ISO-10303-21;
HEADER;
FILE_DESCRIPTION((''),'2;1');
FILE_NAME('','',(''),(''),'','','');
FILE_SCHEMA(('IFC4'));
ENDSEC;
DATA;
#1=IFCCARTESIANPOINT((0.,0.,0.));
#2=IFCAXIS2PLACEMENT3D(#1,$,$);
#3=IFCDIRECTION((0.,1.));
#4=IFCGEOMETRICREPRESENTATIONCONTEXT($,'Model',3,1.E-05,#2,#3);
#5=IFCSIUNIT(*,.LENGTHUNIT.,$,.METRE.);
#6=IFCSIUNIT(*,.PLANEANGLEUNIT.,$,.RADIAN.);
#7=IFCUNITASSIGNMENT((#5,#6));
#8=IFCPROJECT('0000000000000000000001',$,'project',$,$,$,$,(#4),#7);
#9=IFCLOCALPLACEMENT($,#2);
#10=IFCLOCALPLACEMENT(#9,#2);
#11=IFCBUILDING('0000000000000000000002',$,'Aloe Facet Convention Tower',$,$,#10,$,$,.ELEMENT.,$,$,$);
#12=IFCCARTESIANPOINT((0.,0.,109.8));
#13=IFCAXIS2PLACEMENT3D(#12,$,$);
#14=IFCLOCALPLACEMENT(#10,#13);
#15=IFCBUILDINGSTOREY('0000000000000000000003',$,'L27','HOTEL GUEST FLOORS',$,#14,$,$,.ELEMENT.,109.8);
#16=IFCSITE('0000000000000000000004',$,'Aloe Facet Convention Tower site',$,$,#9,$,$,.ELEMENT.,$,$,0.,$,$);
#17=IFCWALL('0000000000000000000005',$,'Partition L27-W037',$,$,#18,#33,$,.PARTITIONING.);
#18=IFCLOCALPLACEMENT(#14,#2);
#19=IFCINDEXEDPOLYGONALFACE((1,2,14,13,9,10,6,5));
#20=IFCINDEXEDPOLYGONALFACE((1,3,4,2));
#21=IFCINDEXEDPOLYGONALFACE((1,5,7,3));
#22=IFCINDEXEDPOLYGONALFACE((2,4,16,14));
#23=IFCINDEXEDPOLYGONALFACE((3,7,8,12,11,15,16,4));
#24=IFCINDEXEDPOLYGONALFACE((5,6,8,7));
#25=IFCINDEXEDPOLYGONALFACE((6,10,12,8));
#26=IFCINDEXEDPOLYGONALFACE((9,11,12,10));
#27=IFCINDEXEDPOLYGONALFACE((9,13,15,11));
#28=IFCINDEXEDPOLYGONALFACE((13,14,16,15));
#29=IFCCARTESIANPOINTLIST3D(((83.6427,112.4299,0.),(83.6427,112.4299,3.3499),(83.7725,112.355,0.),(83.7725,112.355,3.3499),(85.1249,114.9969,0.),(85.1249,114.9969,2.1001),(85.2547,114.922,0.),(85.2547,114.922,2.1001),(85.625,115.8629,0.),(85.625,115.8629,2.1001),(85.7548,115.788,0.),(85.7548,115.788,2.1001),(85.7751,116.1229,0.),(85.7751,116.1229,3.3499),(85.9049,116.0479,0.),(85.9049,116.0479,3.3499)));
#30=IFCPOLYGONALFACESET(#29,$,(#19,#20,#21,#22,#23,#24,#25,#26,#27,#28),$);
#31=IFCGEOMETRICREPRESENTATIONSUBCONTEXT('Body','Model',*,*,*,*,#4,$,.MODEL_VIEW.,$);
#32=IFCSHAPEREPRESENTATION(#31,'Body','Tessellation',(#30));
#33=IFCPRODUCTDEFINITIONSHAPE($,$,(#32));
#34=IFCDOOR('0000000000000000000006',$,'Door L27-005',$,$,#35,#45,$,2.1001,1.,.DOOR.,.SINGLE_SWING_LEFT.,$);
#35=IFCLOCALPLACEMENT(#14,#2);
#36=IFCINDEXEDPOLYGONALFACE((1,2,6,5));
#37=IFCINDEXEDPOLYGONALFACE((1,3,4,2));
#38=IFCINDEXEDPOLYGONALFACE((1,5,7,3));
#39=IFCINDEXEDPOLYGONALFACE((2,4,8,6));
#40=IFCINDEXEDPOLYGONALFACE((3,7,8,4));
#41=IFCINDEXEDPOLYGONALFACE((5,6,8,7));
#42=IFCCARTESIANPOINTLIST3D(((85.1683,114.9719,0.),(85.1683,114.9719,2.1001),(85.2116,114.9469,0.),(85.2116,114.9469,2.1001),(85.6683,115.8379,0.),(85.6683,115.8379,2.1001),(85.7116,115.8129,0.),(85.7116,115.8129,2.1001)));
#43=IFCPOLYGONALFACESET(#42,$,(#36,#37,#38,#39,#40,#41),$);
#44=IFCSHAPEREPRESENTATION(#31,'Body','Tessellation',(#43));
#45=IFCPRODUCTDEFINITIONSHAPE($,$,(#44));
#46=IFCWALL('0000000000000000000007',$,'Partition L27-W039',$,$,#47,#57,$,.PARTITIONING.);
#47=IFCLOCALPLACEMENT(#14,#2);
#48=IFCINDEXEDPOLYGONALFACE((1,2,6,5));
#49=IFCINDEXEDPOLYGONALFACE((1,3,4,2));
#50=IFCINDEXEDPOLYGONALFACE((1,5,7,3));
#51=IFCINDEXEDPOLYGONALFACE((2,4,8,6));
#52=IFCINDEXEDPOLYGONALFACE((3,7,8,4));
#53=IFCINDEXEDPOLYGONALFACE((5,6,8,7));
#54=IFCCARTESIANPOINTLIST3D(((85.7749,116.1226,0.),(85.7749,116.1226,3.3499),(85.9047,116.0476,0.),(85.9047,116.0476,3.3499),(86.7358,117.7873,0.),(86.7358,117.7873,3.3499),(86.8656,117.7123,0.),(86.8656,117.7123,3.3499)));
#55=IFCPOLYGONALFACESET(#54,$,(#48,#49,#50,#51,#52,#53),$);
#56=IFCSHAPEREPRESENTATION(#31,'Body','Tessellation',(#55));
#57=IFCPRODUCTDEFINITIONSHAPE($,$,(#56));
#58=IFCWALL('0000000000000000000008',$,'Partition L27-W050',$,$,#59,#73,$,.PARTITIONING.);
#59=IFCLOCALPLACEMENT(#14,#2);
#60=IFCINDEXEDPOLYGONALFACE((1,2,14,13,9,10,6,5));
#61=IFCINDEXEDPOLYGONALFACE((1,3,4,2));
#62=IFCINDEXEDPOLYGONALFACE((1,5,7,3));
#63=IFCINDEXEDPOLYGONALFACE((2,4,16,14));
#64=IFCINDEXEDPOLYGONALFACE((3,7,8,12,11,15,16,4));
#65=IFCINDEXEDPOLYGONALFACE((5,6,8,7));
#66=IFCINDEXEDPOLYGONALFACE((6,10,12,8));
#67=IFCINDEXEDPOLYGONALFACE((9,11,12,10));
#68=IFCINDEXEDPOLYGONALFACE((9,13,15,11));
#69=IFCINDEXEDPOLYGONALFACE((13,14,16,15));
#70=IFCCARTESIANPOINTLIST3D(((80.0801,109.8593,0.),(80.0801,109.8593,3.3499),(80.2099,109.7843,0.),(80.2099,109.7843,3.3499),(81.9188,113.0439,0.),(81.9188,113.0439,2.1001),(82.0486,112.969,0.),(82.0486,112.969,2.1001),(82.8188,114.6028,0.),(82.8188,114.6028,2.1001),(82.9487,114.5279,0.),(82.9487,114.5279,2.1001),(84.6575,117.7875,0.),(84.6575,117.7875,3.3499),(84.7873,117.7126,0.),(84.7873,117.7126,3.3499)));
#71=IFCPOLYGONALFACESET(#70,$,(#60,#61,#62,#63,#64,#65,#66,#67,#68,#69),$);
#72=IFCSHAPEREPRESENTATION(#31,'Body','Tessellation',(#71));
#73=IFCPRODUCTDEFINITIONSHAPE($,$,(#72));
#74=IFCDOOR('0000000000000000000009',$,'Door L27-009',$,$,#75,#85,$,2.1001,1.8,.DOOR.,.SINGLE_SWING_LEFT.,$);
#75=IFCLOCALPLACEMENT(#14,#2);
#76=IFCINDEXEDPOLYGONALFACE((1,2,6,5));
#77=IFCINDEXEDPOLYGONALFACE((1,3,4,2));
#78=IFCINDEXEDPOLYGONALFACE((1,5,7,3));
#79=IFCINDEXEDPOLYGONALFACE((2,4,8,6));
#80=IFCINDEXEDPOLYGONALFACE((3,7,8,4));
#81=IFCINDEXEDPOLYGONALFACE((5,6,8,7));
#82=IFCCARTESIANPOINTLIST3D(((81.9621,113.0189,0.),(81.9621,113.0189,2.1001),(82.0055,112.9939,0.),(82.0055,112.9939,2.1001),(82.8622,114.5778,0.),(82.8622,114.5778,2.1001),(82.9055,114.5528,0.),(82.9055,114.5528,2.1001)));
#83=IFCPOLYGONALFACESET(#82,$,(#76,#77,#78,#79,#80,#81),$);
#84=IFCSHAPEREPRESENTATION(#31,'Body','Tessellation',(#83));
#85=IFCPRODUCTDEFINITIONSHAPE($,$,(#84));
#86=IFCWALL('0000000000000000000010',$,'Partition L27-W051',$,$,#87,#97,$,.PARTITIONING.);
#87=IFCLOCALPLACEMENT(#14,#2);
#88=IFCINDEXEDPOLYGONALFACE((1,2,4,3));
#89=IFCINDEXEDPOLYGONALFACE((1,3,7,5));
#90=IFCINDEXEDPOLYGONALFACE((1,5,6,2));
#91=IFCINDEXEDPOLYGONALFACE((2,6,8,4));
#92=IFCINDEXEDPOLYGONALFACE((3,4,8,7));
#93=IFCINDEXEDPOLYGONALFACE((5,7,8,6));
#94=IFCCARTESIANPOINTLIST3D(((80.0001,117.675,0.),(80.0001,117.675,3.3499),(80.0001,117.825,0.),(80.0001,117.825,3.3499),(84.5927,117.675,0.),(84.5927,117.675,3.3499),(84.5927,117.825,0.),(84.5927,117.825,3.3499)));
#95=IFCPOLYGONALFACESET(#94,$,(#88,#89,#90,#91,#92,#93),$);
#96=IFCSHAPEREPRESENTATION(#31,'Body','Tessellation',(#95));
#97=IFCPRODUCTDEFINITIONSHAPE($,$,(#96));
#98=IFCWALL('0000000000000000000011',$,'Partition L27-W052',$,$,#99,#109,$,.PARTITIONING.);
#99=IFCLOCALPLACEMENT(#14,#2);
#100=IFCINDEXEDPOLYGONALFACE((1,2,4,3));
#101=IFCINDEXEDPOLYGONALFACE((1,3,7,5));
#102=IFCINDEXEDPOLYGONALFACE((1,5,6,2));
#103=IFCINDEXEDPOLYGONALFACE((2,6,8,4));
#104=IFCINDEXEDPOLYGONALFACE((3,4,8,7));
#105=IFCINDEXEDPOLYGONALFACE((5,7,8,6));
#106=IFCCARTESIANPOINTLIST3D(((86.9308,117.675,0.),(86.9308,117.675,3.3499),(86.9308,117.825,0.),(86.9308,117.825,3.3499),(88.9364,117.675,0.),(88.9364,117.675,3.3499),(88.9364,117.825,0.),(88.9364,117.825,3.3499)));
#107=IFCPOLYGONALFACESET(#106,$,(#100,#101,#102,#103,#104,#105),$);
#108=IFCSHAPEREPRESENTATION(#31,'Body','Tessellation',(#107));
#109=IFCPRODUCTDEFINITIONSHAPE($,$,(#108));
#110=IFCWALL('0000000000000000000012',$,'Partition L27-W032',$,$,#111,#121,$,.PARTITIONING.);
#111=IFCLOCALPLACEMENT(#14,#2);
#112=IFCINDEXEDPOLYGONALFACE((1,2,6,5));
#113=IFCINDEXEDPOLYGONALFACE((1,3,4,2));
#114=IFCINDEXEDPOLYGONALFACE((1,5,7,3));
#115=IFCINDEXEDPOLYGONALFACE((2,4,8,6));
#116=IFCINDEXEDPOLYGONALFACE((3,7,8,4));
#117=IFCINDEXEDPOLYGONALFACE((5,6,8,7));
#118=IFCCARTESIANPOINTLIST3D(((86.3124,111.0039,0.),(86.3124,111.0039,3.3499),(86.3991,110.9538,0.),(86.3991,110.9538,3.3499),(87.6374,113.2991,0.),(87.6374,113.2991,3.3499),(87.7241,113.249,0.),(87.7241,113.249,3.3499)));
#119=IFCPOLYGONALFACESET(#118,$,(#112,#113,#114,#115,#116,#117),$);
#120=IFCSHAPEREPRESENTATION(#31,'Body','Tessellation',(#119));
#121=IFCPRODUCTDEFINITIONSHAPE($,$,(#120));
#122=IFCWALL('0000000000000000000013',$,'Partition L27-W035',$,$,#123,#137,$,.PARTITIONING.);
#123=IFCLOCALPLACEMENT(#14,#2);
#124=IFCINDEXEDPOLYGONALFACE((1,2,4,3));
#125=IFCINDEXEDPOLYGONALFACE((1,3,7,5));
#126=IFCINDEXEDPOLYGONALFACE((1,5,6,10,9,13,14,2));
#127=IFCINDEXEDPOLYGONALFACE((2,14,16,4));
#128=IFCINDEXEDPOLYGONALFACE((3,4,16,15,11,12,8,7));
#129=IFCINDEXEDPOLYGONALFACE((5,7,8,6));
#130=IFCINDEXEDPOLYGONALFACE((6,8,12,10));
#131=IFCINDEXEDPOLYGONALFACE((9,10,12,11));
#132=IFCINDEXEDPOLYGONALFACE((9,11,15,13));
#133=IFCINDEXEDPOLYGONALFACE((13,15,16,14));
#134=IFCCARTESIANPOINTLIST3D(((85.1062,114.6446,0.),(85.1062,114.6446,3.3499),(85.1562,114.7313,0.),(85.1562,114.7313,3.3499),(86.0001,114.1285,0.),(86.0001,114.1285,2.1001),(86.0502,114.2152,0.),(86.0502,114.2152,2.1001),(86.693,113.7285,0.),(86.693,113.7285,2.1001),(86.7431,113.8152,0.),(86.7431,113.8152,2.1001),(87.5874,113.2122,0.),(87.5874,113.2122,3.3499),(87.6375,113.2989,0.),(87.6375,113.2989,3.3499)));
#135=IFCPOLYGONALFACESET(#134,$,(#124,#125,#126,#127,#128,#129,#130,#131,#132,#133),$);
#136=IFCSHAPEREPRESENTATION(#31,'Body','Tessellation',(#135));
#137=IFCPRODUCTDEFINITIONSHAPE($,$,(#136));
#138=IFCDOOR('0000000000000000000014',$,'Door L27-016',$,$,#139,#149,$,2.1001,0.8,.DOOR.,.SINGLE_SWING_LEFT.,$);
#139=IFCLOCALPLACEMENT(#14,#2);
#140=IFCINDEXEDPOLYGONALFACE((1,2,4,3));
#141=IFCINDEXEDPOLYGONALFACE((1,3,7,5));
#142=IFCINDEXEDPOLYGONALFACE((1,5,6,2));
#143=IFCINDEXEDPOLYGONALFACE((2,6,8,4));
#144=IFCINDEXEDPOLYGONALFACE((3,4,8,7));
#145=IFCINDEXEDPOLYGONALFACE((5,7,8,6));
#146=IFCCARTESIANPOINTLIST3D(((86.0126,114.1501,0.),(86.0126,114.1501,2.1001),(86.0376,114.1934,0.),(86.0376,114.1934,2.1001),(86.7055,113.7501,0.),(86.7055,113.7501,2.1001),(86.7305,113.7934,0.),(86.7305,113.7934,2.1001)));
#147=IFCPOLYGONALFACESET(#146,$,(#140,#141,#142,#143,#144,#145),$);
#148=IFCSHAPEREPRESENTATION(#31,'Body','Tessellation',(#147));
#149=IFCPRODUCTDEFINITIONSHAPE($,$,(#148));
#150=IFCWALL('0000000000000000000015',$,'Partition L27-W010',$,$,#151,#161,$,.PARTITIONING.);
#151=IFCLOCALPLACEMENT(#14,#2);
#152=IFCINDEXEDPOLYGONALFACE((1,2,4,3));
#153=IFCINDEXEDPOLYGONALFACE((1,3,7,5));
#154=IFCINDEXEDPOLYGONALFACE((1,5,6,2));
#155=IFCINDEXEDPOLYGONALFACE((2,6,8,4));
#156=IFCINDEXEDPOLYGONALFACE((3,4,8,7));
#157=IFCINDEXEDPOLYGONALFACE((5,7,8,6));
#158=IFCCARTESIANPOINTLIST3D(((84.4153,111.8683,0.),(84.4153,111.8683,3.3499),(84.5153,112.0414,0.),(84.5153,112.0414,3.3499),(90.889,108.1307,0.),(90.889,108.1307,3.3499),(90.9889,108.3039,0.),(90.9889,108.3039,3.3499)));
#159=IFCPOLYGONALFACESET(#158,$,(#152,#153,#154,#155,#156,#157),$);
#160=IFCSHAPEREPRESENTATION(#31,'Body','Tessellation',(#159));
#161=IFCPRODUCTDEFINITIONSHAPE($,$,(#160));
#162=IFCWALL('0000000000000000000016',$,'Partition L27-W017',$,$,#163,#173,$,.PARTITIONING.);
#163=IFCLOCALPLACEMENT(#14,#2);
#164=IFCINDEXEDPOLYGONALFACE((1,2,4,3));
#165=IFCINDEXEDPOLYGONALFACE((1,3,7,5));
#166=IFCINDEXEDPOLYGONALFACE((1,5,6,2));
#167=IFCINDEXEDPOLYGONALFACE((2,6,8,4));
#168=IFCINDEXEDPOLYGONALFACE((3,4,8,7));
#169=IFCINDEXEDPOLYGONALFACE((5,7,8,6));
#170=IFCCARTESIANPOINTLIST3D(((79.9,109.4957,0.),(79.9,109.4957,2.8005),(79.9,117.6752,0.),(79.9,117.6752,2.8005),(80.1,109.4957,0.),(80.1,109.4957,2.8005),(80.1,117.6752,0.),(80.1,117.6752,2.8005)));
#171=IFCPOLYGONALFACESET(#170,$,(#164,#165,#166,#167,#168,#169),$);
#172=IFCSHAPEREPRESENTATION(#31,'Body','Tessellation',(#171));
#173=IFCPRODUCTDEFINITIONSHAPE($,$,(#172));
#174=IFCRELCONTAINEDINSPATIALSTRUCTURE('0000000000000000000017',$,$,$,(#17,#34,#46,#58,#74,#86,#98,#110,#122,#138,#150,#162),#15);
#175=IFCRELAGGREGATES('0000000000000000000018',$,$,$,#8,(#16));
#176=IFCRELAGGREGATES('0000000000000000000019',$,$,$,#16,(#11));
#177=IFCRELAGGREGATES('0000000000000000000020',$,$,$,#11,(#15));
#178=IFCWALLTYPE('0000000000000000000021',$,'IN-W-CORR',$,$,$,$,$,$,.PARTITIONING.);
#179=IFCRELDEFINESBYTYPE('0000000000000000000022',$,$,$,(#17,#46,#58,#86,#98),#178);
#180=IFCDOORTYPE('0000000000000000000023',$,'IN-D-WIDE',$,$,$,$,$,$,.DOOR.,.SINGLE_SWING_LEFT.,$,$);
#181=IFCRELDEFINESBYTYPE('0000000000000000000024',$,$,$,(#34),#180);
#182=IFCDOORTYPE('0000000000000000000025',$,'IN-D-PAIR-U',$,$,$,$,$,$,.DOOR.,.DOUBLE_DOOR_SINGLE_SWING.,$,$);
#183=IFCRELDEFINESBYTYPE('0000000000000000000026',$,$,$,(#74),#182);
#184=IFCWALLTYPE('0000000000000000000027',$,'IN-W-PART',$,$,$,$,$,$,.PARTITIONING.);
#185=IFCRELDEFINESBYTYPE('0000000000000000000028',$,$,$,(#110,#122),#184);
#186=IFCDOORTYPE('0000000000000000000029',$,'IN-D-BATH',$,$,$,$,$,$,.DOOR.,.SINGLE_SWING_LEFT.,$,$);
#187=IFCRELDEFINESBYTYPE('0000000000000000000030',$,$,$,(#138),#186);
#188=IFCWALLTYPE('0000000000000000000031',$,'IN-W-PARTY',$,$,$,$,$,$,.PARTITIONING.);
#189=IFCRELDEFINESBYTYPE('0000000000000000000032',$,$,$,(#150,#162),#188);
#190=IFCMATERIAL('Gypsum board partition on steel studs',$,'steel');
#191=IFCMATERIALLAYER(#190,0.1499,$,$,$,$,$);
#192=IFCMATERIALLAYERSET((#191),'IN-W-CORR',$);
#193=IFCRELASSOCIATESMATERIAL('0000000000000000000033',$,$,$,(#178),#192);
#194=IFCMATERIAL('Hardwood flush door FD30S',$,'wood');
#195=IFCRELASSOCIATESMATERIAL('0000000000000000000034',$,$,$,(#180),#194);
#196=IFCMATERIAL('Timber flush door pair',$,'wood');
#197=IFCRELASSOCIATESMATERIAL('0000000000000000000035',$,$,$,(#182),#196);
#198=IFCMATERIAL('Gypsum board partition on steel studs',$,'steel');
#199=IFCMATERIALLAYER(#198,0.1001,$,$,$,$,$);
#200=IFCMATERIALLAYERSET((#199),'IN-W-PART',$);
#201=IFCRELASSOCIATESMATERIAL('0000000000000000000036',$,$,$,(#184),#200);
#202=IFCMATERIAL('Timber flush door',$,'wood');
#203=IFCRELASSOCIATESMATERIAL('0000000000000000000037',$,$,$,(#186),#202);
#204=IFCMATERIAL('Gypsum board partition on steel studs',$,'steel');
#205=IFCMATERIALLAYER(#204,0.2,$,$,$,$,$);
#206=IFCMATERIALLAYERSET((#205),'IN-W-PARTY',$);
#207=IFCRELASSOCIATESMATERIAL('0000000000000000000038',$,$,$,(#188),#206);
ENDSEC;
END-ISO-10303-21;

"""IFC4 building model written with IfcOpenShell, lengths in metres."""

from ifc_helpers import new_model, si_unit, direction, frame, frame_2d, origin, place, context, subcontext, project, spatial, rectangle, extrude, material, layer, layer_set, type_object, element, fill, save


model = new_model("IFC4")

# Units and contexts
model_context = context("Model", 3, precision=1e-05, world=origin(), true_north=direction((0.0, 1.0)))
body_context = subcontext(model_context, "Body", "Model", "MODEL_VIEW")
ifc_project = project(units=[si_unit("LENGTHUNIT", "METRE"), si_unit("PLANEANGLEUNIT", "RADIAN")], contexts=[model_context])

# Site, building, storey
site_placement = place(None, origin())
site = spatial("IfcSite", under=ifc_project, at=site_placement, Name="Aloe Facet Convention Tower site", CompositionType="ELEMENT", RefElevation=0.0)
building_placement = place(site_placement, origin())
building = spatial("IfcBuilding", under=site, at=building_placement, Name="Aloe Facet Convention Tower", CompositionType="ELEMENT")
storey_placement = place(building_placement, frame((0.0, 0.0, 109.8)))
storey = spatial("IfcBuildingStorey", under=building, at=storey_placement, Name="L27", Description="HOTEL GUEST FLOORS", CompositionType="ELEMENT", Elevation=109.8)

# Wall, opening, door
ifc_material_1 = material(Name="Gypsum board partition on steel studs", Category="steel")
ifc_layer_1 = layer(ifc_material_1, 0.1499)
ifc_layer_set_1 = layer_set([ifc_layer_1], Name="IN-W-CORR")
wall_type_1 = type_object("IfcWallType", Name="IN-W-CORR", PredefinedType="PARTITIONING", material=ifc_layer_set_1)
wall_1_placement = place(storey_placement, frame((83.7075, 112.3923, 0.0), z_axis=(0.0, 0.0, 1.0), x_axis=(0.500043, 0.866001, 0.0)))
wall_1 = element("IfcWall", 1, at=wall_1_placement, inside=storey, type_object=wall_type_1, Name="Partition L27-W037", PredefinedType="PARTITIONING", context=body_context, shape_type="SweptSolid", body=[
    extrude(rectangle(XDim=4.2644, YDim=0.1499, at=frame_2d((2.1323, 0.0))), origin(), (0.0, 0.0, 1.0), 3.3499),
])
opening_1_placement = place(wall_1_placement, frame((2.9644, 0.0, 0.0)))
opening_1 = element("IfcOpeningElement", 2, at=opening_1_placement, cuts=wall_1, PredefinedType="OPENING", context=body_context, shape_type="SweptSolid", body=[
    extrude(rectangle(XDim=1.0, YDim=2.1001, at=frame_2d((0.5, 1.05))), frame((0.0, 0.085, 0.0), z_axis=(0.0, -1.0, 0.0), x_axis=(1.0, 0.0, 0.0)), (0.0, 0.0, 1.0), 0.1699),
])
ifc_material_2 = material(Name="Hardwood flush door FD30S", Category="wood")
door_type_1 = type_object("IfcDoorType", Name="IN-D-WIDE", OperationType="SINGLE_SWING_LEFT", PredefinedType="DOOR", material=ifc_material_2)
door_1_placement = place(opening_1_placement, origin())
door_1 = element("IfcDoor", 3, at=door_1_placement, inside=storey, type_object=door_type_1, Name="Door L27-005", OperationType="SINGLE_SWING_LEFT", OverallHeight=2.1001, OverallWidth=1.0, PredefinedType="DOOR", context=body_context, shape_type="SweptSolid", body=[
    extrude(rectangle(XDim=1.0, YDim=2.1001, at=frame_2d((0.5, 1.05))), frame((0.0, 0.0249, 0.0), z_axis=(0.0, -1.0, 0.0), x_axis=(1.0, 0.0, 0.0)), (0.0, 0.0, 1.0), 0.05),
])
fill(opening_1, door_1)

# Wall
wall_2_placement = place(storey_placement, frame((85.8398, 116.0852, 0.0), z_axis=(0.0, 0.0, 1.0), x_axis=(0.499909, 0.866078, 0.0)))
element("IfcWall", 4, at=wall_2_placement, inside=storey, type_object=wall_type_1, Name="Partition L27-W039", PredefinedType="PARTITIONING", context=body_context, shape_type="SweptSolid", body=[
    extrude(rectangle(XDim=1.9221, YDim=0.1499, at=frame_2d((0.9609, 0.0))), origin(), (0.0, 0.0, 1.0), 3.3499),
])

# Wall, opening, door
wall_3_placement = place(storey_placement, frame((80.145, 109.8218, 0.0), z_axis=(0.0, 0.0, 1.0), x_axis=(0.500003, 0.866024, 0.0)))
wall_3 = element("IfcWall", 5, at=wall_3_placement, inside=storey, type_object=wall_type_1, Name="Partition L27-W050", PredefinedType="PARTITIONING", context=body_context, shape_type="SweptSolid", body=[
    extrude(rectangle(XDim=9.1548, YDim=0.1499, at=frame_2d((4.5774, 0.0))), origin(), (0.0, 0.0, 1.0), 3.3499),
])
opening_2_placement = place(wall_3_placement, frame((3.6775, 0.0, 0.0)))
opening_2 = element("IfcOpeningElement", 6, at=opening_2_placement, cuts=wall_3, PredefinedType="OPENING", context=body_context, shape_type="SweptSolid", body=[
    extrude(rectangle(XDim=1.8, YDim=2.1001, at=frame_2d((0.8999, 1.05))), frame((0.0, 0.085, 0.0), z_axis=(0.0, -1.0, 0.0), x_axis=(1.0, 0.0, 0.0)), (0.0, 0.0, 1.0), 0.1699),
])
ifc_material_3 = material(Name="Timber flush door pair", Category="wood")
door_type_2 = type_object("IfcDoorType", Name="IN-D-PAIR-U", OperationType="DOUBLE_DOOR_SINGLE_SWING", PredefinedType="DOOR", material=ifc_material_3)
door_2_placement = place(opening_2_placement, origin())
door_2 = element("IfcDoor", 7, at=door_2_placement, inside=storey, type_object=door_type_2, Name="Door L27-009", OperationType="SINGLE_SWING_LEFT", OverallHeight=2.1001, OverallWidth=1.8, PredefinedType="DOOR", context=body_context, shape_type="SweptSolid", body=[
    extrude(rectangle(XDim=1.8, YDim=2.1001, at=frame_2d((0.8999, 1.05))), frame((0.0, 0.0249, 0.0), z_axis=(0.0, -1.0, 0.0), x_axis=(1.0, 0.0, 0.0)), (0.0, 0.0, 1.0), 0.05),
])
fill(opening_2, door_2)

# Walls
wall_4_placement = place(storey_placement, frame((80.0, 117.75, 0.0), z_axis=(0.0, 0.0, 1.0), x_axis=(1.0, 0.0, 0.0)))
element("IfcWall", 8, at=wall_4_placement, inside=storey, type_object=wall_type_1, Name="Partition L27-W051", PredefinedType="PARTITIONING", context=body_context, shape_type="SweptSolid", body=[
    extrude(rectangle(XDim=4.5925, YDim=0.1499, at=frame_2d((2.2964, 0.0))), origin(), (0.0, 0.0, 1.0), 3.3499),
])
wall_5_placement = place(storey_placement, frame((86.9307, 117.75, 0.0), z_axis=(0.0, 0.0, 1.0), x_axis=(1.0, 0.0, 0.0)))
element("IfcWall", 9, at=wall_5_placement, inside=storey, type_object=wall_type_1, Name="Partition L27-W052", PredefinedType="PARTITIONING", context=body_context, shape_type="SweptSolid", body=[
    extrude(rectangle(XDim=2.0056, YDim=0.1499, at=frame_2d((1.0029, 0.0))), origin(), (0.0, 0.0, 1.0), 3.3499),
])
ifc_material_4 = material(Name="Gypsum board partition on steel studs", Category="steel")
ifc_layer_2 = layer(ifc_material_4, 0.1001)
ifc_layer_set_2 = layer_set([ifc_layer_2], Name="IN-W-PART")
wall_type_2 = type_object("IfcWallType", Name="IN-W-PART", PredefinedType="PARTITIONING", material=ifc_layer_set_2)
wall_6_placement = place(storey_placement, frame((86.3557, 110.9788, 0.0), z_axis=(0.0, 0.0, 1.0), x_axis=(0.499954, 0.866052, 0.0)))
element("IfcWall", 10, at=wall_6_placement, inside=storey, type_object=wall_type_2, Name="Partition L27-W032", PredefinedType="PARTITIONING", context=body_context, shape_type="SweptSolid", body=[
    extrude(rectangle(XDim=2.6501, YDim=0.1001, at=frame_2d((1.3252, 0.0))), origin(), (0.0, 0.0, 1.0), 3.3499),
])

# Wall, opening, door
wall_7_placement = place(storey_placement, frame((85.1311, 114.688, 0.0), z_axis=(0.0, 0.0, 1.0), x_axis=(0.866048, -0.499961, 0.0)))
wall_7 = element("IfcWall", 11, at=wall_7_placement, inside=storey, type_object=wall_type_2, Name="Partition L27-W035", PredefinedType="PARTITIONING", context=body_context, shape_type="SweptSolid", body=[
    extrude(rectangle(XDim=2.865, YDim=0.1001, at=frame_2d((1.4326, 0.0))), origin(), (0.0, 0.0, 1.0), 3.3499),
])
opening_3_placement = place(wall_7_placement, frame((1.0325, 0.0, 0.0)))
opening_3 = element("IfcOpeningElement", 12, at=opening_3_placement, cuts=wall_7, PredefinedType="OPENING", context=body_context, shape_type="SweptSolid", body=[
    extrude(rectangle(XDim=0.8, YDim=2.1001, at=frame_2d((0.3999, 1.05))), frame((0.0, 0.0601, 0.0), z_axis=(0.0, -1.0, 0.0), x_axis=(1.0, 0.0, 0.0)), (0.0, 0.0, 1.0), 0.1201),
])
ifc_material_5 = material(Name="Timber flush door", Category="wood")
door_type_3 = type_object("IfcDoorType", Name="IN-D-BATH", OperationType="SINGLE_SWING_LEFT", PredefinedType="DOOR", material=ifc_material_5)
door_3_placement = place(opening_3_placement, origin())
door_3 = element("IfcDoor", 13, at=door_3_placement, inside=storey, type_object=door_type_3, Name="Door L27-016", OperationType="SINGLE_SWING_LEFT", OverallHeight=2.1001, OverallWidth=0.8, PredefinedType="DOOR", context=body_context, shape_type="SweptSolid", body=[
    extrude(rectangle(XDim=0.8, YDim=2.1001, at=frame_2d((0.3999, 1.05))), frame((0.0, 0.0249, 0.0), z_axis=(0.0, -1.0, 0.0), x_axis=(1.0, 0.0, 0.0)), (0.0, 0.0, 1.0), 0.05),
])
fill(opening_3, door_3)

# Walls
ifc_material_6 = material(Name="Gypsum board partition on steel studs", Category="steel")
ifc_layer_3 = layer(ifc_material_6, 0.2)
ifc_layer_set_3 = layer_set([ifc_layer_3], Name="IN-W-PARTY")
wall_type_3 = type_object("IfcWallType", Name="IN-W-PARTY", PredefinedType="PARTITIONING", material=ifc_layer_set_3)
wall_8_placement = place(storey_placement, frame((84.4653, 111.9548, 0.0), z_axis=(0.0, 0.0, 1.0), x_axis=(0.866026, -0.5, 0.0)))
element("IfcWall", 14, at=wall_8_placement, inside=storey, type_object=wall_type_3, Name="Partition L27-W010", PredefinedType="PARTITIONING", context=body_context, shape_type="SweptSolid", body=[
    extrude(rectangle(XDim=7.4751, YDim=0.2, at=frame_2d((3.7375, 0.0))), origin(), (0.0, 0.0, 1.0), 3.3499),
])
wall_9_placement = place(storey_placement, frame((80.0, 109.4956, 0.0), z_axis=(0.0, 0.0, 1.0), x_axis=(0.0, 1.0, 0.0)))
element("IfcWall", 15, at=wall_9_placement, inside=storey, type_object=wall_type_3, Name="Partition L27-W017", PredefinedType="PARTITIONING", context=body_context, shape_type="SweptSolid", body=[
    extrude(rectangle(XDim=8.1794, YDim=0.2, at=frame_2d((4.0898, 0.0))), origin(), (0.0, 0.0, 1.0), 2.8005),
])

save(model, "model.ifc")
